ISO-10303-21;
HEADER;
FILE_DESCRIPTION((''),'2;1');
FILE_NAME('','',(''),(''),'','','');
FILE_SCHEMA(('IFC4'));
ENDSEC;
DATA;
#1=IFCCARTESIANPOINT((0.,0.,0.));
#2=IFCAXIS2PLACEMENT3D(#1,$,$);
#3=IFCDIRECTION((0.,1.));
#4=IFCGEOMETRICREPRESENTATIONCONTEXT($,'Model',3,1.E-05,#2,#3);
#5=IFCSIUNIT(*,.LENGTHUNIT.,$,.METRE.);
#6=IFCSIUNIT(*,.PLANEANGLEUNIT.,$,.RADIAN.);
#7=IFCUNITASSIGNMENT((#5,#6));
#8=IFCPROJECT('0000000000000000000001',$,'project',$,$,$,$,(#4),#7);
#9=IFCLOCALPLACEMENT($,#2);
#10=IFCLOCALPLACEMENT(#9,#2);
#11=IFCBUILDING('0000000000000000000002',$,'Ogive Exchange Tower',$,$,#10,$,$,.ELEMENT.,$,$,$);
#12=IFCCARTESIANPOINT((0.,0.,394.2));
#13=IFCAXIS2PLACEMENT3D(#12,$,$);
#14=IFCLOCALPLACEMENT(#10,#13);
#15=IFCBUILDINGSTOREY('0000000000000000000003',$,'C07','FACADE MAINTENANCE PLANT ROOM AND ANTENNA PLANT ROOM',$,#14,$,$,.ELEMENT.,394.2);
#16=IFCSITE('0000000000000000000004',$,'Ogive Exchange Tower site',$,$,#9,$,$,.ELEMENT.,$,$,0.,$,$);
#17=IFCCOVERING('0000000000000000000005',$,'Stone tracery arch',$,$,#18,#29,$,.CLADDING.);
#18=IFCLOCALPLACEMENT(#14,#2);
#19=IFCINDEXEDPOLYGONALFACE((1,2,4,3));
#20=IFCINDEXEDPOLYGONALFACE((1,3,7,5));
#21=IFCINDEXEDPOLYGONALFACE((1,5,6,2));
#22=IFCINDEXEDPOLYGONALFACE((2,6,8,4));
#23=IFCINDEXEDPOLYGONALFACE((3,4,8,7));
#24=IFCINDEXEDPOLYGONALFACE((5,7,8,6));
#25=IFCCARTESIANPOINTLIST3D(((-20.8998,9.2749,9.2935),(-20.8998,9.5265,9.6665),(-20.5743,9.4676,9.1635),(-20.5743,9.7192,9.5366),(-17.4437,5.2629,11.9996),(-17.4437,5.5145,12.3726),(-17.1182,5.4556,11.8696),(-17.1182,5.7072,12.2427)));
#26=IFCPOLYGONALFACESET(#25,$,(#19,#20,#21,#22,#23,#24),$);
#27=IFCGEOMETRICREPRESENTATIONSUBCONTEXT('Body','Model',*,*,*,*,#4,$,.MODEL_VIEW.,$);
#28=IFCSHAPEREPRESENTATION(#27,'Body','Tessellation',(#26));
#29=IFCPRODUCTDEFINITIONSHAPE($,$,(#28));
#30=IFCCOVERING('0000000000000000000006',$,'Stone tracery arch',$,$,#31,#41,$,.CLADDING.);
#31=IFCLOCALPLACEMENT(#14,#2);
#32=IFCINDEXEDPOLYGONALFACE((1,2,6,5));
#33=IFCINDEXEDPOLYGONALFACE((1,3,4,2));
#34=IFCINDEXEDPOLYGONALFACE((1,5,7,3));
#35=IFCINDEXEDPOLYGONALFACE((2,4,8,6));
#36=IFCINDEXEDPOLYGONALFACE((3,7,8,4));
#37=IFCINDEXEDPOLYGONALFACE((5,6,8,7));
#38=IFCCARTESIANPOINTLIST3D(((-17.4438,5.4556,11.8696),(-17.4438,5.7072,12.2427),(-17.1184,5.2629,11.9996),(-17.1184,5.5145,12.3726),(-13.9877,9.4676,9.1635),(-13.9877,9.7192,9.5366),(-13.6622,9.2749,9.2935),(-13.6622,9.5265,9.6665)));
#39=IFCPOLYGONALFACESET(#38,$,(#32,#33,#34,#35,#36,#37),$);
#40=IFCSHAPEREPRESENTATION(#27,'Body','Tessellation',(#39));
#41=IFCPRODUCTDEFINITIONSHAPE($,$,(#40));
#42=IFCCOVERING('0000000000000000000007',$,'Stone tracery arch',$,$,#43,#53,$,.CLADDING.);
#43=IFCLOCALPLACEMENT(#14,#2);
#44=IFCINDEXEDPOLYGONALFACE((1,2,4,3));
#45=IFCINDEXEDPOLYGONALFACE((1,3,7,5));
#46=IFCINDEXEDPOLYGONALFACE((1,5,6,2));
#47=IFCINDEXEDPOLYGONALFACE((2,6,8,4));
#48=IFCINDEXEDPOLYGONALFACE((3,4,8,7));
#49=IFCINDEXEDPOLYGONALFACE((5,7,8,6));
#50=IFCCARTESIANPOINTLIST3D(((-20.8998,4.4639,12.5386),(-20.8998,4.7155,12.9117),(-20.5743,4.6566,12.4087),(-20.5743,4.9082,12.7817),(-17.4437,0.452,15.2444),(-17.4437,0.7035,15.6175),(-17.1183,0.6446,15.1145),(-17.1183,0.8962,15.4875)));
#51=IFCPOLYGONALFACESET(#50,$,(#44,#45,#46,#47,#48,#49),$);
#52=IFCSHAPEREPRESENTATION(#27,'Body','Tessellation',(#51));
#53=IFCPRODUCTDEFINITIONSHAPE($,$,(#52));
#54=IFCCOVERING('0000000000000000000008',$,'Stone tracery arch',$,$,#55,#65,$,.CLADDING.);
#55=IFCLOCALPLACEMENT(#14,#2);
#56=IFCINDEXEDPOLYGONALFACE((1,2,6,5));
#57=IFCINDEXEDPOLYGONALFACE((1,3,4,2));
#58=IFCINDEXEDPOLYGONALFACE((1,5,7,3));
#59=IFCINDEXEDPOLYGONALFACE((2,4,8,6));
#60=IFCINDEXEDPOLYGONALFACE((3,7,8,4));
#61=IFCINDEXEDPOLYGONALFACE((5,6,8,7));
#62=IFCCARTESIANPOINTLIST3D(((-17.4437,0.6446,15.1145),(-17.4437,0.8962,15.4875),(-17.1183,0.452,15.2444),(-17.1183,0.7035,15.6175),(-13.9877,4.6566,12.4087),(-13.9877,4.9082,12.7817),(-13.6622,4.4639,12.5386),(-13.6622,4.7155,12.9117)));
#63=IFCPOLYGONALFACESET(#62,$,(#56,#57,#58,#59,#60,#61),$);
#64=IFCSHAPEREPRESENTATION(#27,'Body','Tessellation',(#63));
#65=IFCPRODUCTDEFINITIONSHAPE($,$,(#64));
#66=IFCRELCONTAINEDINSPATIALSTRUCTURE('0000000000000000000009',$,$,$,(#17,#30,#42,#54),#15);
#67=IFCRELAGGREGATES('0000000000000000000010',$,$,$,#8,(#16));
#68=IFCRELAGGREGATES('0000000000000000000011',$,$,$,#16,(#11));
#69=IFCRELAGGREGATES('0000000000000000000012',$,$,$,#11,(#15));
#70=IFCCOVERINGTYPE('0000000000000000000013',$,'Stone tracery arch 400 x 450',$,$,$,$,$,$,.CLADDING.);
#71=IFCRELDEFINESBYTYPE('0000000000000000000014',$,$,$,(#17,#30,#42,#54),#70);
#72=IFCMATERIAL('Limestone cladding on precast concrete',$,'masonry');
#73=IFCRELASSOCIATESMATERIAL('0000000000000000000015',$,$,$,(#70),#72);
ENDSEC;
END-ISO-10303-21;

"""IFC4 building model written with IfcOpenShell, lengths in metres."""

from ifc_helpers import new_model, si_unit, direction, frame, origin, origin_2d, place, context, subcontext, project, spatial, rectangle, extrude, material, material_profile, profile_set, type_object, element, save


model = new_model("IFC4")

# Units and contexts
model_context = context("Model", 3, precision=1e-05, world=origin(), true_north=direction((0.0, 1.0)))
body_context = subcontext(model_context, "Body", "Model", "MODEL_VIEW")
ifc_project = project(units=[si_unit("LENGTHUNIT", "METRE"), si_unit("PLANEANGLEUNIT", "RADIAN")], contexts=[model_context])

# Site, building, storey
site_placement = place(None, origin())
site = spatial("IfcSite", under=ifc_project, at=site_placement, Name="Ogive Exchange Tower site", CompositionType="ELEMENT", RefElevation=0.0)
building_placement = place(site_placement, origin())
building = spatial("IfcBuilding", under=site, at=building_placement, Name="Ogive Exchange Tower", CompositionType="ELEMENT")
storey_placement = place(building_placement, frame((0.0, 0.0, 394.2)))
storey = spatial("IfcBuildingStorey", under=building, at=storey_placement, Name="C07", Description="FACADE MAINTENANCE PLANT ROOM AND ANTENNA PLANT ROOM", CompositionType="ELEMENT", Elevation=394.2)

# Coverings
ifc_material_1 = material(Name="Limestone cladding on precast concrete", Category="masonry")
ifc_material_profile_1 = material_profile(ifc_material_1, rectangle(XDim=0.3999, YDim=0.45, at=origin_2d()), Name="TRACERY 400 x 450")
ifc_profile_set_1 = profile_set([ifc_material_profile_1], Name="Limestone cladding on precast concrete")
covering_type_1 = type_object("IfcCoveringType", Name="Stone tracery arch 400 x 450", PredefinedType="CLADDING", material=ifc_profile_set_1)
for number, where, z_axis, x_axis, name in (
    (1, (-20.7371, 9.4971, 9.415), (0.581175, -0.674657, 0.455054), (0.813779, 0.48182, -0.324982), "Stone tracery arch"),
    (2, (-13.825, 9.4971, 9.415), (-0.581175, -0.674657, 0.455054), (0.813779, -0.48182, 0.324982), "Stone tracery arch"),
):
    element("IfcCovering", number, at=place(storey_placement, frame(where, z_axis=z_axis, x_axis=x_axis)), inside=storey, type_object=covering_type_1, Name=name, PredefinedType="CLADDING", context=body_context, shape_type="SweptSolid", body=[
        extrude(rectangle(XDim=0.3999, YDim=0.45, at=origin_2d()), origin(), (0.0, 0.0, 1.0), 5.9468),
    ])
for number, where, z_axis, x_axis, name in (
    (3, (-20.7371, 4.686, 12.6602), (0.581186, -0.67467, 0.455021), (0.813771, 0.481829, -0.324988), "Stone tracery arch"),
    (4, (-13.825, 4.686, 12.6602), (-0.581186, -0.67467, 0.455021), (0.813771, -0.481829, 0.324988), "Stone tracery arch"),
):
    element("IfcCovering", number, at=place(storey_placement, frame(where, z_axis=z_axis, x_axis=x_axis)), inside=storey, type_object=covering_type_1, Name=name, PredefinedType="CLADDING", context=body_context, shape_type="SweptSolid", body=[
        extrude(rectangle(XDim=0.3999, YDim=0.45, at=origin_2d()), origin(), (0.0, 0.0, 1.0), 5.9465),
    ])

save(model, "model.ifc")
